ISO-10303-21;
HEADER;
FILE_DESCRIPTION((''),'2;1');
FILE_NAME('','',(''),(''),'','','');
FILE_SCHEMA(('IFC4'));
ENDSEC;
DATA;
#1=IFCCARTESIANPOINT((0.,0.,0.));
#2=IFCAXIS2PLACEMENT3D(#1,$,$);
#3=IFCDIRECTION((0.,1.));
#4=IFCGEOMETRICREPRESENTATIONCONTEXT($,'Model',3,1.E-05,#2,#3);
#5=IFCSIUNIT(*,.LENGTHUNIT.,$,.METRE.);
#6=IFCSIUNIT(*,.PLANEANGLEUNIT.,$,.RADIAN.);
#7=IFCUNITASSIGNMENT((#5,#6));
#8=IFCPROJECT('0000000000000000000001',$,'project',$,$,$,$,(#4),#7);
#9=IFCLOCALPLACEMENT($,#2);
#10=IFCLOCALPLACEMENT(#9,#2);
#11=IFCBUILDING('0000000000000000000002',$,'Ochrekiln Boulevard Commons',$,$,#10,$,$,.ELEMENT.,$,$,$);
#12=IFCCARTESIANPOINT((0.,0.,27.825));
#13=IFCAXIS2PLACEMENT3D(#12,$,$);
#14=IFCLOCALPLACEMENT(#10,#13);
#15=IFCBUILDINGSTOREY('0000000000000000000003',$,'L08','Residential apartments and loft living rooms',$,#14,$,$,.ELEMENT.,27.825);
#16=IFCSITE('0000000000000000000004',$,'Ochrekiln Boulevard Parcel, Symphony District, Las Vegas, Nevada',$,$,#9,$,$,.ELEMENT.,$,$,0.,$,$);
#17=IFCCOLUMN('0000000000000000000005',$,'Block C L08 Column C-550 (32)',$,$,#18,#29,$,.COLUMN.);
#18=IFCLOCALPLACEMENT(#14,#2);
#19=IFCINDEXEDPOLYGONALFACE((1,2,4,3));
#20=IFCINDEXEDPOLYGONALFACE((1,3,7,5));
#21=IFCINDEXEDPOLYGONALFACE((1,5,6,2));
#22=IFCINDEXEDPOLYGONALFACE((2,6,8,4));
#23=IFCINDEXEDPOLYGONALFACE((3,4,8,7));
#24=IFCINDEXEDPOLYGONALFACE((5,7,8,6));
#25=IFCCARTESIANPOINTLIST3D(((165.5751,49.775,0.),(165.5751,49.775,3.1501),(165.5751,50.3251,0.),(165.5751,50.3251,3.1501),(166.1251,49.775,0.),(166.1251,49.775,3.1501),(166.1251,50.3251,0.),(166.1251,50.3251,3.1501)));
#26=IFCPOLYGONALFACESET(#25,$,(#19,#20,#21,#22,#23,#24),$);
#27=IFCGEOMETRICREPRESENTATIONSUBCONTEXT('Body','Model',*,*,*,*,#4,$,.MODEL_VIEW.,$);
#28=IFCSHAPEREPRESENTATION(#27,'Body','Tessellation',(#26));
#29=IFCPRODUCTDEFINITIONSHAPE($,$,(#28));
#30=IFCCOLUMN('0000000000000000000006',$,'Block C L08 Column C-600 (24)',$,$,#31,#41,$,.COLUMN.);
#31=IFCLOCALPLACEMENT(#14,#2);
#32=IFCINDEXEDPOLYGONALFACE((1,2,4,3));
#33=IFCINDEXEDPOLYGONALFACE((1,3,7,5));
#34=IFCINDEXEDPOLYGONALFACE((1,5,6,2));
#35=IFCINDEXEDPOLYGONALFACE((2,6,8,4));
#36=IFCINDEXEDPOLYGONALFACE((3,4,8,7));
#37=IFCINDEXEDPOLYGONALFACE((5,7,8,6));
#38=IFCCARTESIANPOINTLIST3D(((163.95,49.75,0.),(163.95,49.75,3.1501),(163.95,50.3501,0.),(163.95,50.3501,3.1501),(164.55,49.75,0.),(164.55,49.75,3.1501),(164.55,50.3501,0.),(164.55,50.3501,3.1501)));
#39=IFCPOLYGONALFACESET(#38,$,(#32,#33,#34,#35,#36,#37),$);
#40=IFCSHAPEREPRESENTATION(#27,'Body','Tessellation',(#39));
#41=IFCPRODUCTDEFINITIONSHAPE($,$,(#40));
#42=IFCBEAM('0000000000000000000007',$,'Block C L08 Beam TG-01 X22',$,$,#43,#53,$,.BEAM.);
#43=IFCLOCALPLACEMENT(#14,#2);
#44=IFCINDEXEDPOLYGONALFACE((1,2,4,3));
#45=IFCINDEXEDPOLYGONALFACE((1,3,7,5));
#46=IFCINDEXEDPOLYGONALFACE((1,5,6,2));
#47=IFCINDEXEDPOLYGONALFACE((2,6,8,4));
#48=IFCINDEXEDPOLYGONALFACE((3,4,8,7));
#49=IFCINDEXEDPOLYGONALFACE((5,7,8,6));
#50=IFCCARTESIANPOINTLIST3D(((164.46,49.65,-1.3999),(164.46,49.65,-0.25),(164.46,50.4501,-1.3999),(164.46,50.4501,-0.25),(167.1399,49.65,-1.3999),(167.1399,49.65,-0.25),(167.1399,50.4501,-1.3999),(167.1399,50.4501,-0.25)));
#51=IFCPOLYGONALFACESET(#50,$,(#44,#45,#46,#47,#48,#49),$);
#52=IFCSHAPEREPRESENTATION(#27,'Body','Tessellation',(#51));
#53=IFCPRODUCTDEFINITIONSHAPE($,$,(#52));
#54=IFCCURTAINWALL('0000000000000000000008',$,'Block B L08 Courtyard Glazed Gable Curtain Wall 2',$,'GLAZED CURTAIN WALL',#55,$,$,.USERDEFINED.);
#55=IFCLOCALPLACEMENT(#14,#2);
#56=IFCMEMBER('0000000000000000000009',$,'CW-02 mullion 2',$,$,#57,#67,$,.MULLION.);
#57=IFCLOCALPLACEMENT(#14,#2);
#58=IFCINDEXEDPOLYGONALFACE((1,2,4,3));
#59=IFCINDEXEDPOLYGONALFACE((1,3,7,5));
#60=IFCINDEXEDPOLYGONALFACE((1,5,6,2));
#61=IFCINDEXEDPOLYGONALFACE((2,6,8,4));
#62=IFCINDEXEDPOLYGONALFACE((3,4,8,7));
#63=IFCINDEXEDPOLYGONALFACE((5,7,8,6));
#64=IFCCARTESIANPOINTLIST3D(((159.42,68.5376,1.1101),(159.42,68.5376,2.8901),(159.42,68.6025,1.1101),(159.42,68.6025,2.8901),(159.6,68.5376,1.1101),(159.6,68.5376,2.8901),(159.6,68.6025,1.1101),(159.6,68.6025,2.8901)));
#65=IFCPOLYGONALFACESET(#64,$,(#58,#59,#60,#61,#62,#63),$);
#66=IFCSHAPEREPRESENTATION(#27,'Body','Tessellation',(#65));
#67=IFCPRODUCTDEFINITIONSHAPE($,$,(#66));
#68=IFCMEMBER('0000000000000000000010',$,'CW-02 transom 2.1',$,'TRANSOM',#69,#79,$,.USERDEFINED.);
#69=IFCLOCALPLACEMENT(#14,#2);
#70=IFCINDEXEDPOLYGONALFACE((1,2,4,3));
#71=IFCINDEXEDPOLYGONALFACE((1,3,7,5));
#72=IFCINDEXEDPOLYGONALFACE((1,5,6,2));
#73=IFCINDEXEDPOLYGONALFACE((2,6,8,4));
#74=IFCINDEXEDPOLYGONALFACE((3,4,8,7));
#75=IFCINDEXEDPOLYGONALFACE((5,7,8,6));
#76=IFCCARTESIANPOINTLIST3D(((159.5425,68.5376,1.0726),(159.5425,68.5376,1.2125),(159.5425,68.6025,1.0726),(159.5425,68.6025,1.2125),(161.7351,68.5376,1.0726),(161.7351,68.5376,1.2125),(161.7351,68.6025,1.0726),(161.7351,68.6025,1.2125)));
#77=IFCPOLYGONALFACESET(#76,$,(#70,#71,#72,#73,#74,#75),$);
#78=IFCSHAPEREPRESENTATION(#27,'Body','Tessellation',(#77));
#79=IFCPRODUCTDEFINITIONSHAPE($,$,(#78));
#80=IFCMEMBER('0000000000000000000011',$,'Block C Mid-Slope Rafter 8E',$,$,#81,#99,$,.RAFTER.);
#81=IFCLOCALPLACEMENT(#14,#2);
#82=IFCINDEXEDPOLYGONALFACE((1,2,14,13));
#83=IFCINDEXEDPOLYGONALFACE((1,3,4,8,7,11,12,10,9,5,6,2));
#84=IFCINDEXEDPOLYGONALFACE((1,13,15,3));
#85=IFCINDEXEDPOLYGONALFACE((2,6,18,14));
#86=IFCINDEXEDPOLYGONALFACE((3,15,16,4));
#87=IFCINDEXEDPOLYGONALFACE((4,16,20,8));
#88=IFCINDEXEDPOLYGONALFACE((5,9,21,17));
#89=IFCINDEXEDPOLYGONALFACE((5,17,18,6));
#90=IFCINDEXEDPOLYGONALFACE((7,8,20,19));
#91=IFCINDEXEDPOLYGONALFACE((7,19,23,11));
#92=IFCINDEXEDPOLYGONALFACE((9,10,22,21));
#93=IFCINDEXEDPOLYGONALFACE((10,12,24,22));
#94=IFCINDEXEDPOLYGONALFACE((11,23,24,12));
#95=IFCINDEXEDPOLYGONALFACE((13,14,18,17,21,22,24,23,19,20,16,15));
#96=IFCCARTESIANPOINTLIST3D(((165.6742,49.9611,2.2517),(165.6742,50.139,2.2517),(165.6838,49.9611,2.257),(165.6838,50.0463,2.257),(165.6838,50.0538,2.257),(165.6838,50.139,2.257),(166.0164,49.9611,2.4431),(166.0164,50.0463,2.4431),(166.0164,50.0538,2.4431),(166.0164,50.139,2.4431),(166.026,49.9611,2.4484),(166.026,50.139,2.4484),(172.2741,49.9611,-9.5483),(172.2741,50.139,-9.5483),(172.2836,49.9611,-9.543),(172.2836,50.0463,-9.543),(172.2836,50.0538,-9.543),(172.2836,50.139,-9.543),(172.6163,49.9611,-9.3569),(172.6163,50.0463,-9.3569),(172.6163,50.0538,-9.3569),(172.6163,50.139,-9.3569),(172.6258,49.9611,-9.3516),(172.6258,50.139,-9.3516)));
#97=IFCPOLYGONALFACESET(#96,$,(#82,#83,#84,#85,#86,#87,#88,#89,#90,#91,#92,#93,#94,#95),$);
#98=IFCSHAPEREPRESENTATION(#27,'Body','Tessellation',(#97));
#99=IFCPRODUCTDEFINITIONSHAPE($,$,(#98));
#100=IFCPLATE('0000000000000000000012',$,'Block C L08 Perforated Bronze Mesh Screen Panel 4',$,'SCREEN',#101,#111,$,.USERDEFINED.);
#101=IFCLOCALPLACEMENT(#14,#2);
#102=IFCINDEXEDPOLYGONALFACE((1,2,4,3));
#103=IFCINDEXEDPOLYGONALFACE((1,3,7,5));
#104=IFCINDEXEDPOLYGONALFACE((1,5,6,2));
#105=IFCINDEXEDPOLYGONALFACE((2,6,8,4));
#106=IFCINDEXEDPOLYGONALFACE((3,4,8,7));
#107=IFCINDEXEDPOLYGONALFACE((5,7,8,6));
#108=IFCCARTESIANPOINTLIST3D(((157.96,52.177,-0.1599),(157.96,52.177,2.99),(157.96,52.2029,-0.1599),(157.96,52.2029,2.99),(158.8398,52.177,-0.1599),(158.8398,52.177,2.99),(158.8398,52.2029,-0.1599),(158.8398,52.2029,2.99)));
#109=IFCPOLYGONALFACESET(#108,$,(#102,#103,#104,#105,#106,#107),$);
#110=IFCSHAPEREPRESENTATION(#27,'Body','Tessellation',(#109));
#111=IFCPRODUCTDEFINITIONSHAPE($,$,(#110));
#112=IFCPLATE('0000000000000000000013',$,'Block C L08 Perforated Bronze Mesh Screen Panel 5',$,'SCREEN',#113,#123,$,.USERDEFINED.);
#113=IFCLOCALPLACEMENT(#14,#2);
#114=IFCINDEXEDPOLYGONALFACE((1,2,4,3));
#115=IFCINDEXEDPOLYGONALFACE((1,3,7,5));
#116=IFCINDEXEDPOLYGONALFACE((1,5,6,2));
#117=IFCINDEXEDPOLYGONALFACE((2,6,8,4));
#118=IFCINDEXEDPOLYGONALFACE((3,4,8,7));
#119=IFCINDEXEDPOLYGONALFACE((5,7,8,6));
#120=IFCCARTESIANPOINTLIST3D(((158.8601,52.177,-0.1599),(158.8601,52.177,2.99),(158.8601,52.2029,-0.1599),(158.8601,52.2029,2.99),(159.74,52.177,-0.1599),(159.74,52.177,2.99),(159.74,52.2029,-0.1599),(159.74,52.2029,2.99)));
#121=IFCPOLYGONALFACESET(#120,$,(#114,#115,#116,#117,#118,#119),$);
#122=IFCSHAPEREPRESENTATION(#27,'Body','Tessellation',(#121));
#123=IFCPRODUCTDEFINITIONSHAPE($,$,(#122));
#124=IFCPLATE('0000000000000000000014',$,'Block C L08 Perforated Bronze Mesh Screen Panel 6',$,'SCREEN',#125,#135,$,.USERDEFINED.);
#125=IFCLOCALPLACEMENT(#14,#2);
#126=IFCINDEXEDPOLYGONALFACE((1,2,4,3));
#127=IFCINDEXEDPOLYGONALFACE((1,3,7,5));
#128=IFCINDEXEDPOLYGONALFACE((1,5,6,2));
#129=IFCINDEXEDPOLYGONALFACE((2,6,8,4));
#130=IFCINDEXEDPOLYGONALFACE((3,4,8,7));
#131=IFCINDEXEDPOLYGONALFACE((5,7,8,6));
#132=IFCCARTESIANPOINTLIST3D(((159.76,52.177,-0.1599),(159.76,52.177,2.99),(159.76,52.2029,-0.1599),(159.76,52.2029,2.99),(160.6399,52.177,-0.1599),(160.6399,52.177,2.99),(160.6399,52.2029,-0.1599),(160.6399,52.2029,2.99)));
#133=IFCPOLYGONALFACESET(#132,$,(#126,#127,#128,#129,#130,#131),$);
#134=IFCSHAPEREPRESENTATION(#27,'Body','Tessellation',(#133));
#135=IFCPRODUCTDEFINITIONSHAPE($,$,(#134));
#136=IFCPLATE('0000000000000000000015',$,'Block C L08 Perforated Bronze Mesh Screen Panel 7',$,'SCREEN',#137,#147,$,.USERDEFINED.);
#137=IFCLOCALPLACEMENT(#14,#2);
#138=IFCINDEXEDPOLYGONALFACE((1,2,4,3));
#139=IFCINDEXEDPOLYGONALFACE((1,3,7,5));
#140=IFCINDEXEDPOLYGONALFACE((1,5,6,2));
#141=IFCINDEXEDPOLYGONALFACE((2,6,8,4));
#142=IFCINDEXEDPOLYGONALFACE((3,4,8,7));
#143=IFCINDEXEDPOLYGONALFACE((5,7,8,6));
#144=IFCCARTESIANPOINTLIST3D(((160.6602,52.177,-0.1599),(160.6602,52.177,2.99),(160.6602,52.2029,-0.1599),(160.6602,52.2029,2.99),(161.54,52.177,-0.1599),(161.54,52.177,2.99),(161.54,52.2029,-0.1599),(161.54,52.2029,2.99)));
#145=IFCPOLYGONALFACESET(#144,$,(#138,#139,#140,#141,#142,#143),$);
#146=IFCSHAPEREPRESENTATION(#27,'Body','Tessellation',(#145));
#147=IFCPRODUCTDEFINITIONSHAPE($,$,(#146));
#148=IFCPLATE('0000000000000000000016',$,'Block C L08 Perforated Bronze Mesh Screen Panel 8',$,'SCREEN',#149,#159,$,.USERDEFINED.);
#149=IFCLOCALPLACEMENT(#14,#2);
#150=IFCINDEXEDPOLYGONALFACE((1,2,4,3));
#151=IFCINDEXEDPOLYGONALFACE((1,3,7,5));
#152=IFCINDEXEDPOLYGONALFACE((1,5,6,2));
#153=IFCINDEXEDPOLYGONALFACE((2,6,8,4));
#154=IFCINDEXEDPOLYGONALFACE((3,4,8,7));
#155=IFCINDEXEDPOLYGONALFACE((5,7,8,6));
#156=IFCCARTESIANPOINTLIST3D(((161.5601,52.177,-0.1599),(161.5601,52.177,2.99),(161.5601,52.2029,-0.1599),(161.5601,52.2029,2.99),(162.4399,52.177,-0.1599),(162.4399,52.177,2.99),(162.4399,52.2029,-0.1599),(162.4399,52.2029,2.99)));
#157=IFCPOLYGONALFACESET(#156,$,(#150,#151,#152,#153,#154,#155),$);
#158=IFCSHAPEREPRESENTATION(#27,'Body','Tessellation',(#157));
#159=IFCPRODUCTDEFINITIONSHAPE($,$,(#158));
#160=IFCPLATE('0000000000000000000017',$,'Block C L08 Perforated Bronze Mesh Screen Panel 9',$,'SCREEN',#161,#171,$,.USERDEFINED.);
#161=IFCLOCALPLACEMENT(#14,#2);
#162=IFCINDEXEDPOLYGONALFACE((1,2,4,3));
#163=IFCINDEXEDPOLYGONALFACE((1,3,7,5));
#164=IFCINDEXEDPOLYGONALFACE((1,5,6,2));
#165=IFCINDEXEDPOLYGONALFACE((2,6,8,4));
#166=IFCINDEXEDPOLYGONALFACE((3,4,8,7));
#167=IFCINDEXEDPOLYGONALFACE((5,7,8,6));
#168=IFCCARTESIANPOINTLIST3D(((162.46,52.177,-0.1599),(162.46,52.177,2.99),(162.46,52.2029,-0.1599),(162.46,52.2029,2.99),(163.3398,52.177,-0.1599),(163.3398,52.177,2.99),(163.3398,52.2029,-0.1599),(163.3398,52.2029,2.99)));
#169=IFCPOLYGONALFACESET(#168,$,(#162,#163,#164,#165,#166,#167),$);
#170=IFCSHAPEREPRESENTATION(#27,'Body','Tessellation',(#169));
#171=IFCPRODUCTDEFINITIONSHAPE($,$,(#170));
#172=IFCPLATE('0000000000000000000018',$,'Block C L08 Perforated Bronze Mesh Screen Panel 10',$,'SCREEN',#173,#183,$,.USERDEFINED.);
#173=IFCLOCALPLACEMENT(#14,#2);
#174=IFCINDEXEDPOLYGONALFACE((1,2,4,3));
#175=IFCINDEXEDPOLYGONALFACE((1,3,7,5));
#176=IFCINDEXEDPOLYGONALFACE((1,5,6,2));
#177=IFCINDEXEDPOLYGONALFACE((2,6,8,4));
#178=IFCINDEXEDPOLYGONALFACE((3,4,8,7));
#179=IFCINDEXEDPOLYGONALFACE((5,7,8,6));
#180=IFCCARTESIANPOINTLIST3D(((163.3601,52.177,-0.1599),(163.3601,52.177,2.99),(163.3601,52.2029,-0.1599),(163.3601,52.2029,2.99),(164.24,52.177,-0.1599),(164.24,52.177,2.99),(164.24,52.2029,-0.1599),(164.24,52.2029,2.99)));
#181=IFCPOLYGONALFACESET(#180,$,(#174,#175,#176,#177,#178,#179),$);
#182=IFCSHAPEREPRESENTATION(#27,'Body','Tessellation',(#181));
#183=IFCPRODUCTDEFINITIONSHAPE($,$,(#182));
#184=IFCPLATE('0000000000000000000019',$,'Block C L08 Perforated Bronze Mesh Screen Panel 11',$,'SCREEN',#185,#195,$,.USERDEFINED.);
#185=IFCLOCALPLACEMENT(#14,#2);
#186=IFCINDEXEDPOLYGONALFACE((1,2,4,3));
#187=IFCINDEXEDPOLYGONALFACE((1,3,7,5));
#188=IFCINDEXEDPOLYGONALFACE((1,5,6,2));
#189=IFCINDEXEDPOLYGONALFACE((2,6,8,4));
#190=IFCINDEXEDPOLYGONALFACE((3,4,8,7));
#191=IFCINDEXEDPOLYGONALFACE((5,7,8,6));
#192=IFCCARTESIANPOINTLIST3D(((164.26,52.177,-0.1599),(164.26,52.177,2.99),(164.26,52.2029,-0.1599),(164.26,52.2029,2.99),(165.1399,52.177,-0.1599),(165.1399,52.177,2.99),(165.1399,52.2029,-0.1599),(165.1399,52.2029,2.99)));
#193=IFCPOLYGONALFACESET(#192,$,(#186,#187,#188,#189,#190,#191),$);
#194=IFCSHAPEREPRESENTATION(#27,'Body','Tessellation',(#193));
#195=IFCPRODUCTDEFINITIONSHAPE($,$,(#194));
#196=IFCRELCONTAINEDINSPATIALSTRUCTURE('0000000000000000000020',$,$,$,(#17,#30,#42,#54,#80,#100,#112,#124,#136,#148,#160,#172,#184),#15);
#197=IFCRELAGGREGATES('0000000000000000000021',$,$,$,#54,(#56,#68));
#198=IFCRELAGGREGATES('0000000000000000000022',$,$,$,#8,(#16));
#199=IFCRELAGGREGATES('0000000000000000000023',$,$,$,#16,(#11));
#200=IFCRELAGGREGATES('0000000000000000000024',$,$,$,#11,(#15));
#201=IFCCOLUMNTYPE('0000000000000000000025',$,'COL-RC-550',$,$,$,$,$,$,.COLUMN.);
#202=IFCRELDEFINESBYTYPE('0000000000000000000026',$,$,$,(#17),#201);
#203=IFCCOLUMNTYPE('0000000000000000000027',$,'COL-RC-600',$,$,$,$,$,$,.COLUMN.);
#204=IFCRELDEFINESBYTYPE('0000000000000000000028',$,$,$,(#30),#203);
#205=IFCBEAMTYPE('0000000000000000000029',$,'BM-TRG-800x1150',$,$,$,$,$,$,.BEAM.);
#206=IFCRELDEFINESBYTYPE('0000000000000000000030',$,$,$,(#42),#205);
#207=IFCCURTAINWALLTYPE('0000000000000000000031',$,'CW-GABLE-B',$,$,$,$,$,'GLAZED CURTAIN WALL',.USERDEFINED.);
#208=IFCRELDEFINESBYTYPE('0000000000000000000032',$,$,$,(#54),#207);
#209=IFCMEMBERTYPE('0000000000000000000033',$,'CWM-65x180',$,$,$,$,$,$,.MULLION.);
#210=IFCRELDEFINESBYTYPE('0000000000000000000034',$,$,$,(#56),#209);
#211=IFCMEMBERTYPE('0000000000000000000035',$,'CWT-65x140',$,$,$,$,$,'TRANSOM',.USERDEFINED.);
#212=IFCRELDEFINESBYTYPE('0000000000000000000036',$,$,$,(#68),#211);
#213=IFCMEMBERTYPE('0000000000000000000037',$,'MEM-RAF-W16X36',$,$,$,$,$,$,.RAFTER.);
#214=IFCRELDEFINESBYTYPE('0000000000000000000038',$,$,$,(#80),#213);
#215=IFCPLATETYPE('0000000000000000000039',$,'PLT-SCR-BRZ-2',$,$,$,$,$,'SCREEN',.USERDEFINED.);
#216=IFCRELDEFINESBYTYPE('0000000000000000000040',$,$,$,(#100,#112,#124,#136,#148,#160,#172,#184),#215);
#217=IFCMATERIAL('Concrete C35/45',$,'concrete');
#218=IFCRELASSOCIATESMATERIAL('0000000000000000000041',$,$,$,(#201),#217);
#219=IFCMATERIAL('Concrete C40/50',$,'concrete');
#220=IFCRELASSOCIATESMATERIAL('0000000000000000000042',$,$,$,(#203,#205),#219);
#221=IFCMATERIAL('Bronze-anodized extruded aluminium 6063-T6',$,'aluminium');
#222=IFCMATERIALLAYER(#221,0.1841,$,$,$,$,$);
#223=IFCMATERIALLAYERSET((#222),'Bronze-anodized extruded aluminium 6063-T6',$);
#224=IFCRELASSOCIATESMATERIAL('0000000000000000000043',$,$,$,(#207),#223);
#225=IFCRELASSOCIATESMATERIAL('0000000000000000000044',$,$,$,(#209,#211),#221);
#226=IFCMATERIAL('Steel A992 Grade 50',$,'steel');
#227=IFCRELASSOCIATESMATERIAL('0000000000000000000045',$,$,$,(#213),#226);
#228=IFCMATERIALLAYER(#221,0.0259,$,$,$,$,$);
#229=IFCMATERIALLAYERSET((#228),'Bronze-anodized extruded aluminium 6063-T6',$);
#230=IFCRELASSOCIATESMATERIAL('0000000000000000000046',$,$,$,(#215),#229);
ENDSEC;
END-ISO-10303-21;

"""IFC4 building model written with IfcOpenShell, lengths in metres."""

from ifc_helpers import new_model, si_unit, direction, frame, origin, origin_2d, place, context, subcontext, project, spatial, rectangle, i_section, extrude, material, layer, layer_set, material_profile, profile_set, type_object, element, aggregate, save


model = new_model("IFC4")

# Units and contexts
model_context = context("Model", 3, precision=1e-05, world=origin(), true_north=direction((0.0, 1.0)))
body_context = subcontext(model_context, "Body", "Model", "MODEL_VIEW")
ifc_project = project(units=[si_unit("LENGTHUNIT", "METRE"), si_unit("PLANEANGLEUNIT", "RADIAN")], contexts=[model_context])

# Site, building, storey
site_placement = place(None, origin())
site = spatial("IfcSite", under=ifc_project, at=site_placement, Name="Ochrekiln Boulevard Parcel, Symphony District, Las Vegas, Nevada", CompositionType="ELEMENT", RefElevation=0.0)
building_placement = place(site_placement, origin())
building = spatial("IfcBuilding", under=site, at=building_placement, Name="Ochrekiln Boulevard Commons", CompositionType="ELEMENT")
storey_placement = place(building_placement, frame((0.0, 0.0, 27.825)))
storey = spatial("IfcBuildingStorey", under=building, at=storey_placement, Name="L08", Description="Residential apartments and loft living rooms", CompositionType="ELEMENT", Elevation=27.825)

# Columns
ifc_material_1 = material(Name="Concrete C35/45", Category="concrete")
ifc_material_profile_1 = material_profile(ifc_material_1, rectangle(XDim=0.55, YDim=0.55, at=origin_2d()), Name="RC-COL-550x550")
ifc_profile_set_1 = profile_set([ifc_material_profile_1], Name="Concrete C35/45")
column_type_1 = type_object("IfcColumnType", Name="COL-RC-550", PredefinedType="COLUMN", material=ifc_profile_set_1)
column_1_placement = place(storey_placement, frame((165.8501, 50.05, 0.0), z_axis=(0.0, 0.0, 1.0), x_axis=(1.0, 0.0, 0.0)))
element("IfcColumn", 1, at=column_1_placement, inside=storey, type_object=column_type_1, Name="Block C L08 Column C-550 (32)", PredefinedType="COLUMN", context=body_context, shape_type="SweptSolid", body=[
    extrude(rectangle(XDim=0.55, YDim=0.55, at=origin_2d()), origin(), (0.0, 0.0, 1.0), 3.1501),
])
ifc_material_2 = material(Name="Concrete C40/50", Category="concrete")
ifc_material_profile_2 = material_profile(ifc_material_2, rectangle(XDim=0.6001, YDim=0.6001, at=origin_2d()), Name="RC-COL-600x600")
ifc_profile_set_2 = profile_set([ifc_material_profile_2], Name="Concrete C40/50")
column_type_2 = type_object("IfcColumnType", Name="COL-RC-600", PredefinedType="COLUMN", material=ifc_profile_set_2)
column_2_placement = place(storey_placement, frame((164.25, 50.05, 0.0), z_axis=(0.0, 0.0, 1.0), x_axis=(1.0, 0.0, 0.0)))
element("IfcColumn", 2, at=column_2_placement, inside=storey, type_object=column_type_2, Name="Block C L08 Column C-600 (24)", PredefinedType="COLUMN", context=body_context, shape_type="SweptSolid", body=[
    extrude(rectangle(XDim=0.6001, YDim=0.6001, at=origin_2d()), origin(), (0.0, 0.0, 1.0), 3.1501),
])

# Beam
ifc_material_profile_3 = material_profile(ifc_material_2, rectangle(XDim=0.8, YDim=1.1499, at=origin_2d()), Name="RC-TRG-800x1150")
ifc_profile_set_3 = profile_set([ifc_material_profile_3], Name="Concrete C40/50")
beam_type = type_object("IfcBeamType", Name="BM-TRG-800x1150", PredefinedType="BEAM", material=ifc_profile_set_3)
beam_placement = place(storey_placement, frame((164.46, 50.05, -0.825), z_axis=(1.0, 0.0, 0.0), x_axis=(0.0, 1.0, 0.0)))
element("IfcBeam", 3, at=beam_placement, inside=storey, type_object=beam_type, Name="Block C L08 Beam TG-01 X22", PredefinedType="BEAM", context=body_context, shape_type="SweptSolid", body=[
    extrude(rectangle(XDim=0.8, YDim=1.1499, at=origin_2d()), origin(), (0.0, 0.0, 1.0), 2.6799),
])

# Curtain wall, members
ifc_material_3 = material(Name="Bronze-anodized extruded aluminium 6063-T6", Category="aluminium")
ifc_layer_1 = layer(ifc_material_3, 0.1841)
ifc_layer_set_1 = layer_set([ifc_layer_1], Name="Bronze-anodized extruded aluminium 6063-T6")
curtain_wall_type = type_object("IfcCurtainWallType", Name="CW-GABLE-B", ElementType="GLAZED CURTAIN WALL", PredefinedType="USERDEFINED", material=ifc_layer_set_1)
curtain_wall_placement = place(storey_placement, origin())
curtain_wall = element("IfcCurtainWall", 4, at=curtain_wall_placement, inside=storey, type_object=curtain_wall_type, Name="Block B L08 Courtyard Glazed Gable Curtain Wall 2", ObjectType="GLAZED CURTAIN WALL", PredefinedType="USERDEFINED")
ifc_material_profile_4 = material_profile(ifc_material_3, rectangle(XDim=0.0649, YDim=0.1799, at=origin_2d()), Name="ALU-MUL-65x180")
ifc_profile_set_4 = profile_set([ifc_material_profile_4], Name="Bronze-anodized extruded aluminium 6063-T6")
member_type_1 = type_object("IfcMemberType", Name="CWM-65x180", PredefinedType="MULLION", material=ifc_profile_set_4)
member_1_placement = place(storey_placement, frame((159.51, 68.5701, 1.1101), z_axis=(0.0, 0.0, 1.0), x_axis=(0.0, 1.0, 0.0)))
member_1 = element("IfcMember", 5, at=member_1_placement, type_object=member_type_1, Name="CW-02 mullion 2", PredefinedType="MULLION", context=body_context, shape_type="SweptSolid", body=[
    extrude(rectangle(XDim=0.0649, YDim=0.1799, at=origin_2d()), origin(), (0.0, 0.0, 1.0), 1.78),
])
ifc_material_profile_5 = material_profile(ifc_material_3, rectangle(XDim=0.0649, YDim=0.1399, at=origin_2d()), Name="ALU-TRN-65x140")
ifc_profile_set_5 = profile_set([ifc_material_profile_5], Name="Bronze-anodized extruded aluminium 6063-T6")
member_type_2 = type_object("IfcMemberType", Name="CWT-65x140", ElementType="TRANSOM", PredefinedType="USERDEFINED", material=ifc_profile_set_5)
member_2_placement = place(storey_placement, frame((159.5425, 68.5701, 1.1426), z_axis=(1.0, 0.0, 0.0), x_axis=(0.0, 1.0, 0.0)))
member_2 = element("IfcMember", 6, at=member_2_placement, type_object=member_type_2, Name="CW-02 transom 2.1", ObjectType="TRANSOM", PredefinedType="USERDEFINED", context=body_context, shape_type="SweptSolid", body=[
    extrude(rectangle(XDim=0.0649, YDim=0.1399, at=origin_2d()), origin(), (0.0, 0.0, 1.0), 2.1926),
])
aggregate(curtain_wall, [member_1, member_2])

# Member
ifc_material_4 = material(Name="Steel A992 Grade 50", Category="steel")
ifc_material_profile_6 = material_profile(ifc_material_4, i_section(OverallWidth=0.178, OverallDepth=0.4031, WebThickness=0.0076, FlangeThickness=0.011, at=origin_2d()), Name="W16X36")
ifc_profile_set_6 = profile_set([ifc_material_profile_6], Name="Steel A992 Grade 50")
member_type_3 = type_object("IfcMemberType", Name="MEM-RAF-W16X36", PredefinedType="RAFTER", material=ifc_profile_set_6)
member_3_placement = place(storey_placement, frame((172.45, 50.05, -9.45), z_axis=(-0.488143, 0.0, 0.872764), x_axis=(0.0, -1.0, 0.0)))
element("IfcMember", 7, at=member_3_placement, inside=storey, type_object=member_type_3, Name="Block C Mid-Slope Rafter 8E", PredefinedType="RAFTER", context=body_context, shape_type="SweptSolid", body=[
    extrude(i_section(OverallWidth=0.178, OverallDepth=0.4031, WebThickness=0.0076, FlangeThickness=0.011, at=origin_2d()), origin(), (0.0, 0.0, 1.0), 13.5203),
])

# Plates
ifc_layer_2 = layer(ifc_material_3, 0.0259)
ifc_layer_set_2 = layer_set([ifc_layer_2], Name="Bronze-anodized extruded aluminium 6063-T6")
plate_type = type_object("IfcPlateType", Name="PLT-SCR-BRZ-2", ElementType="SCREEN", PredefinedType="USERDEFINED", material=ifc_layer_set_2)
for number, where, z_axis, x_axis, name in (
    (8, (158.3999, 52.1899, -0.1599), (0.0, 0.0, 1.0), (1.0, 0.0, 0.0), "Block C L08 Perforated Bronze Mesh Screen Panel 4"),
    (9, (159.3, 52.1899, -0.1599), (0.0, 0.0, 1.0), (1.0, 0.0, 0.0), "Block C L08 Perforated Bronze Mesh Screen Panel 5"),
    (10, (160.2, 52.1899, -0.1599), (0.0, 0.0, 1.0), (1.0, 0.0, 0.0), "Block C L08 Perforated Bronze Mesh Screen Panel 6"),
    (11, (161.1001, 52.1899, -0.1599), (0.0, 0.0, 1.0), (1.0, 0.0, 0.0), "Block C L08 Perforated Bronze Mesh Screen Panel 7"),
    (12, (162.0, 52.1899, -0.1599), (0.0, 0.0, 1.0), (1.0, 0.0, 0.0), "Block C L08 Perforated Bronze Mesh Screen Panel 8"),
    (13, (162.8999, 52.1899, -0.1599), (0.0, 0.0, 1.0), (1.0, 0.0, 0.0), "Block C L08 Perforated Bronze Mesh Screen Panel 9"),
    (14, (163.8, 52.1899, -0.1599), (0.0, 0.0, 1.0), (1.0, 0.0, 0.0), "Block C L08 Perforated Bronze Mesh Screen Panel 10"),
    (15, (164.7, 52.1899, -0.1599), (0.0, 0.0, 1.0), (1.0, 0.0, 0.0), "Block C L08 Perforated Bronze Mesh Screen Panel 11"),
):
    element("IfcPlate", number, at=place(storey_placement, frame(where, z_axis=z_axis, x_axis=x_axis)), inside=storey, type_object=plate_type, Name=name, ObjectType="SCREEN", PredefinedType="USERDEFINED", context=body_context, shape_type="SweptSolid", body=[
        extrude(rectangle(XDim=0.8799, YDim=0.0259, at=origin_2d()), origin(), (0.0, 0.0, 1.0), 3.1499),
    ])

save(model, "model.ifc")
